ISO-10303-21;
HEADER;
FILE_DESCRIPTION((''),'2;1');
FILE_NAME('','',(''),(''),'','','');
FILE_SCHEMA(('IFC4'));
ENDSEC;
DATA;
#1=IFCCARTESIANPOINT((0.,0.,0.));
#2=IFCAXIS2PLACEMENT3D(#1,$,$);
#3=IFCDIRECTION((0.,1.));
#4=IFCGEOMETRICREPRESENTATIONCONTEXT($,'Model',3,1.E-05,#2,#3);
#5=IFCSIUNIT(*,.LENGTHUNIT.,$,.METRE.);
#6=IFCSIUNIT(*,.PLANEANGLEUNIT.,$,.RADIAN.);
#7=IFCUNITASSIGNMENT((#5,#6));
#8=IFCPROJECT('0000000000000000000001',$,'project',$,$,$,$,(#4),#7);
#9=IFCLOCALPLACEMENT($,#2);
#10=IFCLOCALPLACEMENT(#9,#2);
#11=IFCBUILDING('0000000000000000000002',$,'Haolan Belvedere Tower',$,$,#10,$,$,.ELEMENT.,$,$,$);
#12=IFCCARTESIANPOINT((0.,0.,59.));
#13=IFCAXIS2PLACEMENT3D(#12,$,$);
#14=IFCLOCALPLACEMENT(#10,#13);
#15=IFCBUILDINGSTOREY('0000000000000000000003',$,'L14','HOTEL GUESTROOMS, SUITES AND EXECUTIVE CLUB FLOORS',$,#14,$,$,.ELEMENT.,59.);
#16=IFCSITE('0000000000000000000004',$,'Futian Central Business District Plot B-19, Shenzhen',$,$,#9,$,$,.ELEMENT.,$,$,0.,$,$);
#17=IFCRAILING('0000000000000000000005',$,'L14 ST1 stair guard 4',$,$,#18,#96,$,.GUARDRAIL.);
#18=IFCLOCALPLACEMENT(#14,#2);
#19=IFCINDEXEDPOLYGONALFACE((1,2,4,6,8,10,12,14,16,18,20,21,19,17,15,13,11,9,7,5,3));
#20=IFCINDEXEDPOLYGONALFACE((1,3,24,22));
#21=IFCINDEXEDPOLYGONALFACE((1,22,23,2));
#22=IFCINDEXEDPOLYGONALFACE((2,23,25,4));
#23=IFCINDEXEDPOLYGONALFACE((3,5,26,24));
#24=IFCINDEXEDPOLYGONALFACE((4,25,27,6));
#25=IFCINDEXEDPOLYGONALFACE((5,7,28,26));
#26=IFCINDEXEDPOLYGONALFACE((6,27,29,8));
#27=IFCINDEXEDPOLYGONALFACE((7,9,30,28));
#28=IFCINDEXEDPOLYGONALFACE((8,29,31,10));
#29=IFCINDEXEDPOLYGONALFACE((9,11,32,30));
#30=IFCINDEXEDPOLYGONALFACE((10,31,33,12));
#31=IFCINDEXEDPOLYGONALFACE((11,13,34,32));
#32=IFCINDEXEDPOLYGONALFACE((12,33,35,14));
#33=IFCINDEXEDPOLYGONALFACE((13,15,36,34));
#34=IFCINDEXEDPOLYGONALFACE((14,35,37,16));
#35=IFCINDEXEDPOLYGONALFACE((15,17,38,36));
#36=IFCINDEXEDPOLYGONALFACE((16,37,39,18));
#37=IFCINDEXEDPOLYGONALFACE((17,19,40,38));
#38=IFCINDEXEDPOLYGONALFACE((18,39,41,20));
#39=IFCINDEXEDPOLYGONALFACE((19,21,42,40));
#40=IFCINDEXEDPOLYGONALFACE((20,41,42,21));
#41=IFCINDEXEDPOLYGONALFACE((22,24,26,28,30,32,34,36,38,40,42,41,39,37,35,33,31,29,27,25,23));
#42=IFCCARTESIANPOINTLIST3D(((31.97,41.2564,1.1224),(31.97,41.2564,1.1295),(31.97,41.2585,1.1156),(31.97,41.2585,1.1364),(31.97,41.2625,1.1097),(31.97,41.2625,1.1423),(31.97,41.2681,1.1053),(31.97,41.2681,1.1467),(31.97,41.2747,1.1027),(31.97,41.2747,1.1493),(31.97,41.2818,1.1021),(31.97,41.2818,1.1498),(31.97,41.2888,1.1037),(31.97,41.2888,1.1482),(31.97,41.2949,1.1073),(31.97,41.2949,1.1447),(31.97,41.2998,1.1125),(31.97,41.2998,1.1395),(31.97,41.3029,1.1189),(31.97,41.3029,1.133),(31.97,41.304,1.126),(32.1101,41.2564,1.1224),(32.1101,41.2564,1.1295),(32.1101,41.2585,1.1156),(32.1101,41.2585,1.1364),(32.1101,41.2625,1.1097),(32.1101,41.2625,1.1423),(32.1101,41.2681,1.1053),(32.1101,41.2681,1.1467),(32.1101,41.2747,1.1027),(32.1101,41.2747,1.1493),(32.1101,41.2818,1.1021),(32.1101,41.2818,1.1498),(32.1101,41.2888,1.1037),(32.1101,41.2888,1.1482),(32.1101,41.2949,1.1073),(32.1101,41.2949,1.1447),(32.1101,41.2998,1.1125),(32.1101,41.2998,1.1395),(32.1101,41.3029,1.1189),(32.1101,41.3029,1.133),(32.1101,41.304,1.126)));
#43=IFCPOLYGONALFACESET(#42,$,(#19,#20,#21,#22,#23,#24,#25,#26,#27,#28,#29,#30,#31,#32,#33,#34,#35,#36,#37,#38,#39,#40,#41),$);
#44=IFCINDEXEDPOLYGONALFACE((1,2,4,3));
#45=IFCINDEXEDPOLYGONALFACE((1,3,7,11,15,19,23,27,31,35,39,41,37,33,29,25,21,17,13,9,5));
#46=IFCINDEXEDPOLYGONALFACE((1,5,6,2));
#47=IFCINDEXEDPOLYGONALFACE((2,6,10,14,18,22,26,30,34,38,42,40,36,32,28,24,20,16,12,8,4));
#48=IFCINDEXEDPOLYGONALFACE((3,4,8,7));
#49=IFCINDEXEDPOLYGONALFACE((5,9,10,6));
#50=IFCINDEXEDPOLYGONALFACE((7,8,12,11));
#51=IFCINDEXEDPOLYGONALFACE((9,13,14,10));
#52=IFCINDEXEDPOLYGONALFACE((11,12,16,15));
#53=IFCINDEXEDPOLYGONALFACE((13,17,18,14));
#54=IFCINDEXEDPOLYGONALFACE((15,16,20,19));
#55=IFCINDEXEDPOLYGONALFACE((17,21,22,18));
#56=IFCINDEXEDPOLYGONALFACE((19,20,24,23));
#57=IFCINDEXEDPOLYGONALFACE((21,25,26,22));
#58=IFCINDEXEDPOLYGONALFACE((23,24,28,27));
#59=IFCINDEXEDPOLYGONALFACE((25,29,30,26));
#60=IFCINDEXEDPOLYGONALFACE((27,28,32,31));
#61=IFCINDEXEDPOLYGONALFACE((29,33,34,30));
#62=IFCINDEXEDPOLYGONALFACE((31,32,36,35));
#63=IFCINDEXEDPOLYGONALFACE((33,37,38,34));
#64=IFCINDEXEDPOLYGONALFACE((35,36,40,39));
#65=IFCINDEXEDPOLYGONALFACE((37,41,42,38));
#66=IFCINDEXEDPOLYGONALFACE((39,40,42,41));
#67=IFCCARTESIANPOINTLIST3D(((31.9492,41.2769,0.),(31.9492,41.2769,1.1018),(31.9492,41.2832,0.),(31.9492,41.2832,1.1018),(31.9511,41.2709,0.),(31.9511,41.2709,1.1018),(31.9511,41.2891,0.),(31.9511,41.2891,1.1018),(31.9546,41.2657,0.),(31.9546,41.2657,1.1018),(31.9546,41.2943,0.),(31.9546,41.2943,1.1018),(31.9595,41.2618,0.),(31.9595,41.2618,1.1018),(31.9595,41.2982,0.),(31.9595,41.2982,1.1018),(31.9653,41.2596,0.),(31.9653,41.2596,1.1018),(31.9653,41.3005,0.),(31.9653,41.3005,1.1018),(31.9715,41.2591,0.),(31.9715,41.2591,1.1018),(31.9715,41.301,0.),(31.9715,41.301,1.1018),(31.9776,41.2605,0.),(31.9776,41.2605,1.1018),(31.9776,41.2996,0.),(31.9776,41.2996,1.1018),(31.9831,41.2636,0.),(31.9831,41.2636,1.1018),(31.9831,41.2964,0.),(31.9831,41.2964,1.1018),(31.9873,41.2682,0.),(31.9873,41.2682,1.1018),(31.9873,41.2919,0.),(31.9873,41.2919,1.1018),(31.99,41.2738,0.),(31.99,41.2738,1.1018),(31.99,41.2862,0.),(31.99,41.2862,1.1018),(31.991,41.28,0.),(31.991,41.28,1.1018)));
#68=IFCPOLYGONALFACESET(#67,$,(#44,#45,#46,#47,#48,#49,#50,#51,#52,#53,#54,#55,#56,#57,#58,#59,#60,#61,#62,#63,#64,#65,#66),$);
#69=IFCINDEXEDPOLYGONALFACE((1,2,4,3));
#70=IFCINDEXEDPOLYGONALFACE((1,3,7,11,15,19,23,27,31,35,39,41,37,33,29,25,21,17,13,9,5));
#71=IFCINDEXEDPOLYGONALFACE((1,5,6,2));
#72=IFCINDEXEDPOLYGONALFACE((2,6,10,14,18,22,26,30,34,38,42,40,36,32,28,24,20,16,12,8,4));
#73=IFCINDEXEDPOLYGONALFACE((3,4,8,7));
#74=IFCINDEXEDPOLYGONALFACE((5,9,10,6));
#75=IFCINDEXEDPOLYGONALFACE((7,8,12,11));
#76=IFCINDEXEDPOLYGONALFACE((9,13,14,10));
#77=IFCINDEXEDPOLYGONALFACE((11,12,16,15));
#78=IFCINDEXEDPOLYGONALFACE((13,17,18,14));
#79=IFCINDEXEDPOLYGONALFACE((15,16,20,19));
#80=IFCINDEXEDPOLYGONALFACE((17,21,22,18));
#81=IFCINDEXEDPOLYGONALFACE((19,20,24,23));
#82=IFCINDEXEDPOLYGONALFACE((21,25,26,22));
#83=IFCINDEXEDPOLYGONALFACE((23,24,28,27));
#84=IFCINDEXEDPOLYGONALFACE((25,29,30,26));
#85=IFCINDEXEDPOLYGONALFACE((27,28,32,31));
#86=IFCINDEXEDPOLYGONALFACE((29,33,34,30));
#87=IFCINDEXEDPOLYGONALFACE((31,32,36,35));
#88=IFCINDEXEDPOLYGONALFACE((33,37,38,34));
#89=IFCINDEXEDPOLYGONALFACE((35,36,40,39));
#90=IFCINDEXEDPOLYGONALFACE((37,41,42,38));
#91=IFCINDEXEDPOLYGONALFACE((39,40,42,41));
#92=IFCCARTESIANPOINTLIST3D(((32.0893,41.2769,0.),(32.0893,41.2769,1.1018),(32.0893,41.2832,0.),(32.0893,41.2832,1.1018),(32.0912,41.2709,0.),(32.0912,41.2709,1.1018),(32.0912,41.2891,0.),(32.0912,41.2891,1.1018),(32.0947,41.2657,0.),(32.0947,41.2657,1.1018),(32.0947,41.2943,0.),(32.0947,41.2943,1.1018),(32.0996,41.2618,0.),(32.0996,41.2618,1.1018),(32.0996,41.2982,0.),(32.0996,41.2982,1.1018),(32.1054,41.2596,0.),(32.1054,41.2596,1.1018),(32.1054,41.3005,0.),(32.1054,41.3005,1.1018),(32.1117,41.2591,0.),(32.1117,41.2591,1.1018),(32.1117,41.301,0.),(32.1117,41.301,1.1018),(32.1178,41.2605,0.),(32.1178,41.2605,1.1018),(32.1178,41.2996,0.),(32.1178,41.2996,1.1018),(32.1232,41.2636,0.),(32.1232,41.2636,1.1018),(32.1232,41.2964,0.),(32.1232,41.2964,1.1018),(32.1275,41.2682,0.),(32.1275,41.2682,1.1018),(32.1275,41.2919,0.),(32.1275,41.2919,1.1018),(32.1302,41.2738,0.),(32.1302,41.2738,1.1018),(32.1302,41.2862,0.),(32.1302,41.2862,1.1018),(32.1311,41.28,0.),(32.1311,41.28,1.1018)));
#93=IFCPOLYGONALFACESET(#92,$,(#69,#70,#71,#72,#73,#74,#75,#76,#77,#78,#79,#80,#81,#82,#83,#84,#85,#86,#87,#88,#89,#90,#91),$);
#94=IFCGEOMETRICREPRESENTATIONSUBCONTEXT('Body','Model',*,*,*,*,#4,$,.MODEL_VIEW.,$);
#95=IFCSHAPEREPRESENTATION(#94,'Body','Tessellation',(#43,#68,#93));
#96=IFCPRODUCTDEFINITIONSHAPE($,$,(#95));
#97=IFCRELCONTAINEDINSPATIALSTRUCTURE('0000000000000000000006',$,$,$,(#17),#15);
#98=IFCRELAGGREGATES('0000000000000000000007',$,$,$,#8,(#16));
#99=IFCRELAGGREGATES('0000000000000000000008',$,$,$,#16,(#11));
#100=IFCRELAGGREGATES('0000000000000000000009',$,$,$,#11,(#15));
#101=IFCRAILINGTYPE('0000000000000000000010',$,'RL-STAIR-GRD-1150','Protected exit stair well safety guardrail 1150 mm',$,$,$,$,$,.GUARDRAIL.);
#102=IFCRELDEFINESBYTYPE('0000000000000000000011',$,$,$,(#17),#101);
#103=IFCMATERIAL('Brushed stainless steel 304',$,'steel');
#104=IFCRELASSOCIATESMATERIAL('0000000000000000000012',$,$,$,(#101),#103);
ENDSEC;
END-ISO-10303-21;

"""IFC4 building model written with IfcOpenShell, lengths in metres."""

from ifc_helpers import new_model, si_unit, direction, frame, origin, origin_2d, place, context, subcontext, project, spatial, circle, extrude, material, type_object, element, save


model = new_model("IFC4")

# Units and contexts
model_context = context("Model", 3, precision=1e-05, world=origin(), true_north=direction((0.0, 1.0)))
body_context = subcontext(model_context, "Body", "Model", "MODEL_VIEW")
ifc_project = project(units=[si_unit("LENGTHUNIT", "METRE"), si_unit("PLANEANGLEUNIT", "RADIAN")], contexts=[model_context])

# Site, building, storey
site_placement = place(None, origin())
site = spatial("IfcSite", under=ifc_project, at=site_placement, Name="Futian Central Business District Plot B-19, Shenzhen", CompositionType="ELEMENT", RefElevation=0.0)
building_placement = place(site_placement, origin())
building = spatial("IfcBuilding", under=site, at=building_placement, Name="Haolan Belvedere Tower", CompositionType="ELEMENT")
storey_placement = place(building_placement, frame((0.0, 0.0, 59.0)))
storey = spatial("IfcBuildingStorey", under=building, at=storey_placement, Name="L14", Description="HOTEL GUESTROOMS, SUITES AND EXECUTIVE CLUB FLOORS", CompositionType="ELEMENT", Elevation=59.0)

# Railing
ifc_material_1 = material(Name="Brushed stainless steel 304", Category="steel")
railing_type_1 = type_object("IfcRailingType", Name="RL-STAIR-GRD-1150", Description="Protected exit stair well safety guardrail 1150 mm", PredefinedType="GUARDRAIL", material=ifc_material_1)
railing_1_placement = place(storey_placement, frame((31.97, 41.28, 0.0)))
element("IfcRailing", 1, at=railing_1_placement, inside=storey, type_object=railing_type_1, Name="L14 ST1 stair guard 4", PredefinedType="GUARDRAIL", context=body_context, shape_type="SweptSolid", body=[
    extrude(circle(Radius=0.0239, at=origin_2d()), frame((0.0, 0.0, 1.126), z_axis=(1.0, 0.0, 0.0), x_axis=(0.0, 1.0, 0.0)), (0.0, 0.0, 1.0), 0.1401),
    extrude(circle(Radius=0.021, at=origin_2d()), origin(), (0.0, 0.0, 1.0), 1.1018),
    extrude(circle(Radius=0.021, at=origin_2d()), frame((0.1401, 0.0, 0.0)), (0.0, 0.0, 1.0), 1.1018),
])

save(model, "model.ifc")
